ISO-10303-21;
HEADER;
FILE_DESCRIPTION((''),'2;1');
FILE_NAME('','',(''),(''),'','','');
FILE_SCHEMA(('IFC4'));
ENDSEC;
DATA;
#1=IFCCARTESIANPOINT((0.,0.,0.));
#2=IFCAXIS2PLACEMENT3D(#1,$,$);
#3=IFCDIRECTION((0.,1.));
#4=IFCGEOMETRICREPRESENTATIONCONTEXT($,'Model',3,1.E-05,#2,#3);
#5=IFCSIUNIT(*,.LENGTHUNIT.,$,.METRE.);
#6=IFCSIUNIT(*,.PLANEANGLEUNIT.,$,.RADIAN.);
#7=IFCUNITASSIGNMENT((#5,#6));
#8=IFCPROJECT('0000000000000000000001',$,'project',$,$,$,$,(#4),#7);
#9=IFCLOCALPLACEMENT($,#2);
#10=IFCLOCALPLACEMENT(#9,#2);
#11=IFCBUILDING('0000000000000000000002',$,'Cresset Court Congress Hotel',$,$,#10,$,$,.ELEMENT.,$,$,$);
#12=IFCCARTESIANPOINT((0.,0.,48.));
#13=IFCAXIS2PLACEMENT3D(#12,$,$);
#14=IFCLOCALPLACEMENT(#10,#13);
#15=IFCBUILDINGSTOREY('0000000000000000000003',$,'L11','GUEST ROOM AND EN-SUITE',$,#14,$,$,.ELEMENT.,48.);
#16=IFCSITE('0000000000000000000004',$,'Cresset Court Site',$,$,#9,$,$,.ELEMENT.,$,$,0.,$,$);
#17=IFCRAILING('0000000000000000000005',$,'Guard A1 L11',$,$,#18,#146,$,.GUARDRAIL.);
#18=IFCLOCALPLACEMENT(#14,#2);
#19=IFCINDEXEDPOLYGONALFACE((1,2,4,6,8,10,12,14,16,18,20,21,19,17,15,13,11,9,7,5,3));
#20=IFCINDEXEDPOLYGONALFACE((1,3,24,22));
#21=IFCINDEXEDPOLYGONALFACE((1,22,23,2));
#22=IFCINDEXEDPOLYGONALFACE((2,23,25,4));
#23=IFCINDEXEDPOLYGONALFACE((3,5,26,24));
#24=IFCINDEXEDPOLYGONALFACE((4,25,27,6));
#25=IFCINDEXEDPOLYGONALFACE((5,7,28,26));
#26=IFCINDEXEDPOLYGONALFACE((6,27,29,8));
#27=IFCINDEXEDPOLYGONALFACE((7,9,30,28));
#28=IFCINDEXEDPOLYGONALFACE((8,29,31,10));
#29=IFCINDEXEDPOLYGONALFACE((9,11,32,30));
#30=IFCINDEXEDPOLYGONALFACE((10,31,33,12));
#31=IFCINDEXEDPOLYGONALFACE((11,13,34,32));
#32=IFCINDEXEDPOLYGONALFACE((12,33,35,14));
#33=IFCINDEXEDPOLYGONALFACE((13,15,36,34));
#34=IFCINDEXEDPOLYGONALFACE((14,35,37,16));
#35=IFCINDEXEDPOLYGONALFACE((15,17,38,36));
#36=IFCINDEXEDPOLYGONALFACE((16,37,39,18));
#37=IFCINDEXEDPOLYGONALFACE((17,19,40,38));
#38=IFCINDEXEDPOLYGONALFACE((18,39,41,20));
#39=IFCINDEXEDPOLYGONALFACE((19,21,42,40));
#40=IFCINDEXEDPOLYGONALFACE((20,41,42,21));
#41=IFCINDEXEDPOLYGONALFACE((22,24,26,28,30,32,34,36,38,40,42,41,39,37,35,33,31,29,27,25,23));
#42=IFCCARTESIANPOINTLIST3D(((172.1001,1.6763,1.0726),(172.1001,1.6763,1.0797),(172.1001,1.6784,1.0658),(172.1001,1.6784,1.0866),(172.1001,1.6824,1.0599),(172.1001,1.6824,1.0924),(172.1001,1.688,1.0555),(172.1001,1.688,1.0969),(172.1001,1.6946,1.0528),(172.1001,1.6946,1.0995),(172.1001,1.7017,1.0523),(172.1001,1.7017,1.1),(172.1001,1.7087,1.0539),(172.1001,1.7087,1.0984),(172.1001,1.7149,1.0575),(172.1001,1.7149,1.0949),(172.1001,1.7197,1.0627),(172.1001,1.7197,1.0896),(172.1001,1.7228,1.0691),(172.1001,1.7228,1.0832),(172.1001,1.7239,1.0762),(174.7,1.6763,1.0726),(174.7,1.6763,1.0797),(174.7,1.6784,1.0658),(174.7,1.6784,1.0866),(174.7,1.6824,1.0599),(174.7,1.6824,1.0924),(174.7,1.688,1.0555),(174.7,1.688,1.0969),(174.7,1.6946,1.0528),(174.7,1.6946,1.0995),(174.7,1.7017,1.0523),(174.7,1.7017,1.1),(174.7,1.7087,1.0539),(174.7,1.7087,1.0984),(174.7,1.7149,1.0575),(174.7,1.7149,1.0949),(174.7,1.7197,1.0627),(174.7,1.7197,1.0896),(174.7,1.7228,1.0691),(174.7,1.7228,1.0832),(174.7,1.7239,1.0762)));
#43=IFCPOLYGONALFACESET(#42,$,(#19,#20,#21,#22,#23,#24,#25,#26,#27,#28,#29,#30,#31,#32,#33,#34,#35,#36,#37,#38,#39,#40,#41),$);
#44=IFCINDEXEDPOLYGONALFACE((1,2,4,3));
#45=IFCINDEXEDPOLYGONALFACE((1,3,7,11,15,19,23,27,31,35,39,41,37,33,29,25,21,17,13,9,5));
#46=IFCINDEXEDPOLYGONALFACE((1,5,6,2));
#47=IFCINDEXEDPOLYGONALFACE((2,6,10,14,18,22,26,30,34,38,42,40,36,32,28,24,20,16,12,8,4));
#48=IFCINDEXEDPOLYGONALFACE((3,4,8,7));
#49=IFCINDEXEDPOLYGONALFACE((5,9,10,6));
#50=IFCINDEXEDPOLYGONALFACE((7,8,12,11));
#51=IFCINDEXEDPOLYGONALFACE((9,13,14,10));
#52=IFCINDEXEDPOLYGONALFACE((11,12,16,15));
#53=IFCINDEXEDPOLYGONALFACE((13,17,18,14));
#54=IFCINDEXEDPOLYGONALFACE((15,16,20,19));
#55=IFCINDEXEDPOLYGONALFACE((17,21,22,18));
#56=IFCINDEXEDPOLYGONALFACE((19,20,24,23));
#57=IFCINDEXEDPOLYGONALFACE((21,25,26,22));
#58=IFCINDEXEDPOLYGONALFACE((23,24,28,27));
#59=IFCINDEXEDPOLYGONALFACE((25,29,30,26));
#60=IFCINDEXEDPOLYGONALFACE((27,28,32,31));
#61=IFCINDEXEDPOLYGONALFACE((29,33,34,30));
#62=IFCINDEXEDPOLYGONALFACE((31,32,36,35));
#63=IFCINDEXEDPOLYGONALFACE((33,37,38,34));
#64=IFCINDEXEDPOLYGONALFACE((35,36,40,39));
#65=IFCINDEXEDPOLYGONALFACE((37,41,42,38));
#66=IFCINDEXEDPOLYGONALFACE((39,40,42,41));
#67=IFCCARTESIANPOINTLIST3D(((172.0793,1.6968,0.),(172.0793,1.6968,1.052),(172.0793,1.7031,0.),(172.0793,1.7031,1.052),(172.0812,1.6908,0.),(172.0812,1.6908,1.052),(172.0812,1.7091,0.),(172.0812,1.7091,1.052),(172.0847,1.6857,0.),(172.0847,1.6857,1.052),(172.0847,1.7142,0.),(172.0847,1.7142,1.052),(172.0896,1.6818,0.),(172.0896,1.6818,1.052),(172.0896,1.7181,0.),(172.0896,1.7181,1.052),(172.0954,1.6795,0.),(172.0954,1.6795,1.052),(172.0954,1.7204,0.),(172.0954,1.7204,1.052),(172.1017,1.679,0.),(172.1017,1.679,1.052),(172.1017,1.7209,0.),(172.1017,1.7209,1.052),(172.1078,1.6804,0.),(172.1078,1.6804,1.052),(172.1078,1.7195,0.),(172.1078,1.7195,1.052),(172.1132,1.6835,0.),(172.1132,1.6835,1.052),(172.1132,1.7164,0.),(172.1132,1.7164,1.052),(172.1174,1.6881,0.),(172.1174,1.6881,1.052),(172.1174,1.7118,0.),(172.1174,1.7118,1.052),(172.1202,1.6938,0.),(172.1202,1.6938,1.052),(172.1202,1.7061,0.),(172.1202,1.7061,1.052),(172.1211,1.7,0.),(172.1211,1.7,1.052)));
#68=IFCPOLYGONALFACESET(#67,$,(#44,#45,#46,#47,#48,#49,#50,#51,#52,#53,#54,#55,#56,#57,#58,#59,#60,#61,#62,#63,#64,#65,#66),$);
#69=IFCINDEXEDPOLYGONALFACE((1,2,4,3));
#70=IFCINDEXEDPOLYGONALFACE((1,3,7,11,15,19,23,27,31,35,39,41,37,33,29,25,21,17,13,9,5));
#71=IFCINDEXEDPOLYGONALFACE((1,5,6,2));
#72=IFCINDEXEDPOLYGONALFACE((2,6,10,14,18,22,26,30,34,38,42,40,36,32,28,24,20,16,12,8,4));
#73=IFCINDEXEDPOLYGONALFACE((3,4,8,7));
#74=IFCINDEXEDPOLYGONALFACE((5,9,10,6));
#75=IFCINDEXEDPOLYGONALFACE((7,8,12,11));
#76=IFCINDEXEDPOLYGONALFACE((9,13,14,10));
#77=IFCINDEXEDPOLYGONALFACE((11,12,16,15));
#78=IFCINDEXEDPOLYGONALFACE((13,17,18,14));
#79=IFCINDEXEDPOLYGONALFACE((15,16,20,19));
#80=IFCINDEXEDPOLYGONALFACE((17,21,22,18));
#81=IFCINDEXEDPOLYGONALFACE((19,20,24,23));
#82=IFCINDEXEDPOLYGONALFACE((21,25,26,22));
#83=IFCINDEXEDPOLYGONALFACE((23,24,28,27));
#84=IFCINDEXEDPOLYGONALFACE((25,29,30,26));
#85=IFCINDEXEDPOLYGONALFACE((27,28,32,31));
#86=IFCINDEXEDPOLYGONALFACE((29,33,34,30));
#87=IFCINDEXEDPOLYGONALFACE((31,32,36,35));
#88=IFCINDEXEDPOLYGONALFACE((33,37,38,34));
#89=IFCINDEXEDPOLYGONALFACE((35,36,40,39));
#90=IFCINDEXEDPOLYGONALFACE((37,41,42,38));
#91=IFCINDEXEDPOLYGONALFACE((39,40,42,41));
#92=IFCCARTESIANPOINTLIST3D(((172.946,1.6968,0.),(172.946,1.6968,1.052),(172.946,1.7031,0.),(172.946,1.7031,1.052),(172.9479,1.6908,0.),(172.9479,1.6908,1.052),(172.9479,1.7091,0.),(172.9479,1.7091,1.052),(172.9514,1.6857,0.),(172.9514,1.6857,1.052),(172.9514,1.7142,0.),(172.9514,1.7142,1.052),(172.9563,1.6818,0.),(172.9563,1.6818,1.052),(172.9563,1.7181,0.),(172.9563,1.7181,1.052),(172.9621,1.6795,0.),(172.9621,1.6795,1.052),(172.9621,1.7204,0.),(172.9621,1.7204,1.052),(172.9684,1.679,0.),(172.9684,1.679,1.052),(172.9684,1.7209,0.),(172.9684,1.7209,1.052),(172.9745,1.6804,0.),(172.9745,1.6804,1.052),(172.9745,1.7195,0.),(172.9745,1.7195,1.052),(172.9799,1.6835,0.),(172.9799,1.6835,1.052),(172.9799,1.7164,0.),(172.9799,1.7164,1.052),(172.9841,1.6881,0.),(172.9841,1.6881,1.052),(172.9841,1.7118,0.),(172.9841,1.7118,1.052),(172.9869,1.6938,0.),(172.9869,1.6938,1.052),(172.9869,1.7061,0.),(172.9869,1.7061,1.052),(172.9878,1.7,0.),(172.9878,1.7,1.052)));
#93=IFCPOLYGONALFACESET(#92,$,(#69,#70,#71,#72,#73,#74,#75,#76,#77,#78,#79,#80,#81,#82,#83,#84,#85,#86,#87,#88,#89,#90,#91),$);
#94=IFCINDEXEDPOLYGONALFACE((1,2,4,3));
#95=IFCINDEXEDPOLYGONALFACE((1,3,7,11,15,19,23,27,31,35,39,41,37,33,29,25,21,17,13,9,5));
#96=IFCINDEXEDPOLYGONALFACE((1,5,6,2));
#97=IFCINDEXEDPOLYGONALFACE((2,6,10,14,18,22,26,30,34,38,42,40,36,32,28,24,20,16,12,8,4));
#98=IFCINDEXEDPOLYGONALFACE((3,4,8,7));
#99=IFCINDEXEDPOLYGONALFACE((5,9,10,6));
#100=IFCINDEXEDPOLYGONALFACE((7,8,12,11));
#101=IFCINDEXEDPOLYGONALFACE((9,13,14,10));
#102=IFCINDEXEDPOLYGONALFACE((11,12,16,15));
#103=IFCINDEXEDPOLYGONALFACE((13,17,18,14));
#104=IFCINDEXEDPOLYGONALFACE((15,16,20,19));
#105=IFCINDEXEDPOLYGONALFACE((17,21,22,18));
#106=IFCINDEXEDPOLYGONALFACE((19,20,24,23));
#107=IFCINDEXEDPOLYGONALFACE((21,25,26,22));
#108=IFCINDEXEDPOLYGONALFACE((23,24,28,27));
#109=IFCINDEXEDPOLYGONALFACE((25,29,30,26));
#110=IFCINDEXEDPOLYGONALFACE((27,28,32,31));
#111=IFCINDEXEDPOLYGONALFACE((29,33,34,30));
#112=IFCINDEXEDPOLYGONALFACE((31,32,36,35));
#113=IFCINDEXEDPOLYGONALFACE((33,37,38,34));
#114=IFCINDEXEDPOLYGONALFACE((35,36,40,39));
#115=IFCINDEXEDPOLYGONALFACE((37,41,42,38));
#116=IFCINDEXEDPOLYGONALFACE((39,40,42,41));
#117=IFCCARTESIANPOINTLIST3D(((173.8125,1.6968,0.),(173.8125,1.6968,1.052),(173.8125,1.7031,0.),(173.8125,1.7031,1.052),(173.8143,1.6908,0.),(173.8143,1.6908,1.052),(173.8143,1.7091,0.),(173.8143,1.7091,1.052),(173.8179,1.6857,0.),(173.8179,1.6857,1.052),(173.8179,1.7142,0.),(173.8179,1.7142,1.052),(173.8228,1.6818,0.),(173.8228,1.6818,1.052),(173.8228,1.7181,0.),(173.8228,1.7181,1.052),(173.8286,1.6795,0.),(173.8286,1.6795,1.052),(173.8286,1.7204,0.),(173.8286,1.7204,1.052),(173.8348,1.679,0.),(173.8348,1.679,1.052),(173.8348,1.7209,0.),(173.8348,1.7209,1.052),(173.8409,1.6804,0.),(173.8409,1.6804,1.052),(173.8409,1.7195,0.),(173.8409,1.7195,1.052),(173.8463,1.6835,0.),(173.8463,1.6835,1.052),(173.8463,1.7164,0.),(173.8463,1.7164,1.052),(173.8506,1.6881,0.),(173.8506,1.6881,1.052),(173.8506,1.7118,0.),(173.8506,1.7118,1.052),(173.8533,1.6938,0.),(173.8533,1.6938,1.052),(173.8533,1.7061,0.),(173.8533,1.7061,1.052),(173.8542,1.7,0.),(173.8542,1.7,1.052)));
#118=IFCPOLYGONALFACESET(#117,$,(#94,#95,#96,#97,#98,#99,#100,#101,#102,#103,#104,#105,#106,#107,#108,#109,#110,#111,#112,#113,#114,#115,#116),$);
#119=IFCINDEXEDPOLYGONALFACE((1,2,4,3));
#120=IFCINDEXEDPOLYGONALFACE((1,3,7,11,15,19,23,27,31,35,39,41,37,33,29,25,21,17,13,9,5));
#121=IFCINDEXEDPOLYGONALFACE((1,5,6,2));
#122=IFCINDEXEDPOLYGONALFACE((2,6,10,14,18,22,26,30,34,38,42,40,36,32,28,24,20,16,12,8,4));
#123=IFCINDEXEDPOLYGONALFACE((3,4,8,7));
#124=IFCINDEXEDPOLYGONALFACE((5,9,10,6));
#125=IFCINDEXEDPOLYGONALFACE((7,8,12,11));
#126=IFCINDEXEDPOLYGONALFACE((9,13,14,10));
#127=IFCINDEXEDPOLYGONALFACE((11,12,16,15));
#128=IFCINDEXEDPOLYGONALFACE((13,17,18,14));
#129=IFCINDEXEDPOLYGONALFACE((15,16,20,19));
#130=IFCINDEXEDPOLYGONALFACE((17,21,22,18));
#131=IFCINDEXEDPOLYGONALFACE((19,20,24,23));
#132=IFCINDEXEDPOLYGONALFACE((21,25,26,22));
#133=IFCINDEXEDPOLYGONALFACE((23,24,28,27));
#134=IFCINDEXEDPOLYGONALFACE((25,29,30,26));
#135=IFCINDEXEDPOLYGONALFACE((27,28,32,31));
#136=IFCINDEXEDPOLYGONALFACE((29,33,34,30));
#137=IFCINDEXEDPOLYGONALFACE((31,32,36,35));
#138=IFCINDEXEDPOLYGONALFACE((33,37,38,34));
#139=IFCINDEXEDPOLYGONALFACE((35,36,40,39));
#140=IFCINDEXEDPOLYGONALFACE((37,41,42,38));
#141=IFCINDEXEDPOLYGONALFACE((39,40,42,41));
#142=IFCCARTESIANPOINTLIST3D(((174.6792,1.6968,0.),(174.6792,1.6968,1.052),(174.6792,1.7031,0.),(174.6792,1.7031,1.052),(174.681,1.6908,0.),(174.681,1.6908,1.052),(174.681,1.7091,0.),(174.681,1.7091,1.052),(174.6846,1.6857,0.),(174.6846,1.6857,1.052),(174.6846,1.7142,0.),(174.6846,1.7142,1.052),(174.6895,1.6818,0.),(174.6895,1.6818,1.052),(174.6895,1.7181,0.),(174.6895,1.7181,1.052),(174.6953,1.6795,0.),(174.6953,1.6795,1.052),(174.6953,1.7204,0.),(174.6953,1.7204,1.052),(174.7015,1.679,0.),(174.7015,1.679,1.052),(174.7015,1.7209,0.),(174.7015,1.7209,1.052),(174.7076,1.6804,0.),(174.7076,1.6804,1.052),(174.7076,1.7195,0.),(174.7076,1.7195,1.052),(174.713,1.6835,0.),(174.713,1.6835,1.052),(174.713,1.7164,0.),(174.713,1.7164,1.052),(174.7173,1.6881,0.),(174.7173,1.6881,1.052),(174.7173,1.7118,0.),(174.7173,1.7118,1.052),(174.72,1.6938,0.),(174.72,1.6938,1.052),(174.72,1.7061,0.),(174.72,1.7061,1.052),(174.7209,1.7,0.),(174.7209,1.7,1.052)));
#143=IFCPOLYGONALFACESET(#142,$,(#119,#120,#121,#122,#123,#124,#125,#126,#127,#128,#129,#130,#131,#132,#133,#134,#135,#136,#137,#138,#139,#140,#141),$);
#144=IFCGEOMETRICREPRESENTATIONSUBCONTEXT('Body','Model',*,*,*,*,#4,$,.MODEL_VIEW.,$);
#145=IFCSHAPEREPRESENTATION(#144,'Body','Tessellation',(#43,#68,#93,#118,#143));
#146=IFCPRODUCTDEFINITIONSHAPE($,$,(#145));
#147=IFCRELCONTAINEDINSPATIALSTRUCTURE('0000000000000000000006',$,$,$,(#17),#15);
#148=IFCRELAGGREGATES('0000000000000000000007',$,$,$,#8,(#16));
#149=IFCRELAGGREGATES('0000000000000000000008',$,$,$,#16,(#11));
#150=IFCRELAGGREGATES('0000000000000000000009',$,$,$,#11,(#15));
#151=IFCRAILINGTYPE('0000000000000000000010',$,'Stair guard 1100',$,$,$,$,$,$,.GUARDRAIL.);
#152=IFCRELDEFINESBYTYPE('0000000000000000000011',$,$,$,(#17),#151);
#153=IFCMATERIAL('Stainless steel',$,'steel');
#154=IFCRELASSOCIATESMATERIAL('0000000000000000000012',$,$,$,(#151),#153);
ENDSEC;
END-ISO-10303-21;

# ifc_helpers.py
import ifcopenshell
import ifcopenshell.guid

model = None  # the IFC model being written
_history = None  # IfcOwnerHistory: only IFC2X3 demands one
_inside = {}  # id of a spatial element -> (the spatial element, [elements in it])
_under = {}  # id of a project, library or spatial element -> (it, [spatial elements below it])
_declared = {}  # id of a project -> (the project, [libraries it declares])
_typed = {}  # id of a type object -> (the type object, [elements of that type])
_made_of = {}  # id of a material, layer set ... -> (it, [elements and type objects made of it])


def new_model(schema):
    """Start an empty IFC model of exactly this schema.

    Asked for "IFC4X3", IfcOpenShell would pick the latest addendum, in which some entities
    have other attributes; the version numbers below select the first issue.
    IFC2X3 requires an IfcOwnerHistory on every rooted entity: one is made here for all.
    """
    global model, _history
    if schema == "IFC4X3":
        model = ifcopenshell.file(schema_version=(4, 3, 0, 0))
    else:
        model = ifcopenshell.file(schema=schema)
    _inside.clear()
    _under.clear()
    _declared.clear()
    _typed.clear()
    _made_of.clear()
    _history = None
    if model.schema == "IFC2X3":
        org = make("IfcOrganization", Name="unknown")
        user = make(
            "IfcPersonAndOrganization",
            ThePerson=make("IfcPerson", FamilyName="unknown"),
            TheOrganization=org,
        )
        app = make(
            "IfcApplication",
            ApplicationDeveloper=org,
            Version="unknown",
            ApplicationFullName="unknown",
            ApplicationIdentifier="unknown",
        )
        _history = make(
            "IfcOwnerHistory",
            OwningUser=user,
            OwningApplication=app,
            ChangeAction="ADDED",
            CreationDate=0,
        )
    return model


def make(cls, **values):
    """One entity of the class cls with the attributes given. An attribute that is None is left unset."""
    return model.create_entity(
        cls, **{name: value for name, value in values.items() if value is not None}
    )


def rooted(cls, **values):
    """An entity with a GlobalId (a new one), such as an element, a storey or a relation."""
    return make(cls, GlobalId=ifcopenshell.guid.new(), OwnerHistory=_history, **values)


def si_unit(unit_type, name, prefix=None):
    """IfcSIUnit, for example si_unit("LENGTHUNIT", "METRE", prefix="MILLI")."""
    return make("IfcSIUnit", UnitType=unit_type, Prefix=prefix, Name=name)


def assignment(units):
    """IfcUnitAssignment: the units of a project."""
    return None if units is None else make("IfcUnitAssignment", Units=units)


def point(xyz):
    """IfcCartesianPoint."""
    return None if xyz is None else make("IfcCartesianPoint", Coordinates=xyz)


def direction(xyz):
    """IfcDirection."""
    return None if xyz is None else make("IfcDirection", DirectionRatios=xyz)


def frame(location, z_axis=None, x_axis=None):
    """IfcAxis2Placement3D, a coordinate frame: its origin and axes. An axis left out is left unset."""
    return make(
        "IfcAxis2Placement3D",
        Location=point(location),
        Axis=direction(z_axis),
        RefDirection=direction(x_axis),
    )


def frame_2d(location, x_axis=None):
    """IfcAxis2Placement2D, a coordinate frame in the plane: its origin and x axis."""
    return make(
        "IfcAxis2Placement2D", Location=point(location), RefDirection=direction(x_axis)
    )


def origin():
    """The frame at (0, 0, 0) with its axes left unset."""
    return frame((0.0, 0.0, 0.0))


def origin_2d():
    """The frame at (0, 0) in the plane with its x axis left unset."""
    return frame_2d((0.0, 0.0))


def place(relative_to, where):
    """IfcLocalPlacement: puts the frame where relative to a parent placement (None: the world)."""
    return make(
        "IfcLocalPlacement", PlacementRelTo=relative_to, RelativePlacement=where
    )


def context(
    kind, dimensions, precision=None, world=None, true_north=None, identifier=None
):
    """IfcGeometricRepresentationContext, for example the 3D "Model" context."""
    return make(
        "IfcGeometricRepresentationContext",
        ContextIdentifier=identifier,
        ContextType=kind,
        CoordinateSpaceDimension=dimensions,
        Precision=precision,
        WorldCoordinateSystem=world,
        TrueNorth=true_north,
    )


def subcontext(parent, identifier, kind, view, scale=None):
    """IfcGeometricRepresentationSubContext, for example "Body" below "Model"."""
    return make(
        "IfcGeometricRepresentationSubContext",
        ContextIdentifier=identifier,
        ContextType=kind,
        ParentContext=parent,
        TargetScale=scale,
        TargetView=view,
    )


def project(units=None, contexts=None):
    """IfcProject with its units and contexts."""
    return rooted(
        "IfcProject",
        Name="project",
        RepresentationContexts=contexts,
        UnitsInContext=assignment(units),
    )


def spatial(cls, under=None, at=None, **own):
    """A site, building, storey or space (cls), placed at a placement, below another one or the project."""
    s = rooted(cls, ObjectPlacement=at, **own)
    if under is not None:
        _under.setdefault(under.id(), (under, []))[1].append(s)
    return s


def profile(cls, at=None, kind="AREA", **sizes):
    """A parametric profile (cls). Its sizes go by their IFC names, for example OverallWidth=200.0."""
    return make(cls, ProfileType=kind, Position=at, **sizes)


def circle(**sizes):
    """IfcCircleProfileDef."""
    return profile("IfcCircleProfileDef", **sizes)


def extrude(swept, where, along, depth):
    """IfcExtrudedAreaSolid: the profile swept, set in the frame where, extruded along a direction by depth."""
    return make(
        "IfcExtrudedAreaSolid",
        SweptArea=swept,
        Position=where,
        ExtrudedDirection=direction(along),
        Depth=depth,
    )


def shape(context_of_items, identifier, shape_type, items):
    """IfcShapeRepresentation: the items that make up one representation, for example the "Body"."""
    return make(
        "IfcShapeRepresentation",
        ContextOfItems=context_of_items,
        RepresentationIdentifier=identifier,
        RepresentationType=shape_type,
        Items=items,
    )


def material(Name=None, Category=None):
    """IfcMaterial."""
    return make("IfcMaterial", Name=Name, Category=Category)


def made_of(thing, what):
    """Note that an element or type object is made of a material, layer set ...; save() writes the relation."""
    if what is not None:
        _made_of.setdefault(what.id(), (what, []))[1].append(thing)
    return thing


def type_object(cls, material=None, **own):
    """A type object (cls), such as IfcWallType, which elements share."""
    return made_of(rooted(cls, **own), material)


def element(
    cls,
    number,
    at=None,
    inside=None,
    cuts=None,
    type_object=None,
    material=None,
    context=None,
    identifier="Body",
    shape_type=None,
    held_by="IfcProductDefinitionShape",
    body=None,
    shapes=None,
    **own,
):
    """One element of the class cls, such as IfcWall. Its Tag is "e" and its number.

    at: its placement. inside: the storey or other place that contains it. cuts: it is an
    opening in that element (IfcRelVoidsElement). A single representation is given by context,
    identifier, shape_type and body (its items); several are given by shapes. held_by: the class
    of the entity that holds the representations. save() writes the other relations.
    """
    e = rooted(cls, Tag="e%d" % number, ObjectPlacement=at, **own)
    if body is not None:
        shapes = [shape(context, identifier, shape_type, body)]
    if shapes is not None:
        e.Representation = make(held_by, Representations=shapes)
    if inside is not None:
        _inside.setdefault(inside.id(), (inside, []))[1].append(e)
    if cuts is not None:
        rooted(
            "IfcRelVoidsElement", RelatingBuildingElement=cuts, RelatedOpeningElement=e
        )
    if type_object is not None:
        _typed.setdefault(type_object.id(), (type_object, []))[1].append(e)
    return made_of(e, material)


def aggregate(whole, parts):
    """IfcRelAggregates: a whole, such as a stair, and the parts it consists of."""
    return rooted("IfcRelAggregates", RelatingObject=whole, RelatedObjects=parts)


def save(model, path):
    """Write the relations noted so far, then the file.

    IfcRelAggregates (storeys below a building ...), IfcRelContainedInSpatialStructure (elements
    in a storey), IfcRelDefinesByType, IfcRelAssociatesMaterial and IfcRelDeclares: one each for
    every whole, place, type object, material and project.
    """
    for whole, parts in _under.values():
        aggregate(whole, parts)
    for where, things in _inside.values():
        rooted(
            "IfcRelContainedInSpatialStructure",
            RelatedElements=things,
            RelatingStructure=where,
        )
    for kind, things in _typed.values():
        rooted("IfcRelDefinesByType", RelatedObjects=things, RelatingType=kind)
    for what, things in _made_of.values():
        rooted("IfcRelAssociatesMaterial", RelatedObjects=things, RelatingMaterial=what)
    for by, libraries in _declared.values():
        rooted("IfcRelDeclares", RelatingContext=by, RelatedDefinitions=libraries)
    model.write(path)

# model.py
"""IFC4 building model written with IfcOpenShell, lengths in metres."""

from ifc_helpers import new_model, si_unit, direction, frame, origin, origin_2d, place, context, subcontext, project, spatial, circle, extrude, material, type_object, element, save


model = new_model("IFC4")

# Units and contexts
model_context = context("Model", 3, precision=1e-05, world=origin(), true_north=direction((0.0, 1.0)))
body_context = subcontext(model_context, "Body", "Model", "MODEL_VIEW")
ifc_project = project(units=[si_unit("LENGTHUNIT", "METRE"), si_unit("PLANEANGLEUNIT", "RADIAN")], contexts=[model_context])

# Site, building, storey
site_placement = place(None, origin())
site = spatial("IfcSite", under=ifc_project, at=site_placement, Name="Cresset Court Site", CompositionType="ELEMENT", RefElevation=0.0)
building_placement = place(site_placement, origin())
building = spatial("IfcBuilding", under=site, at=building_placement, Name="Cresset Court Congress Hotel", CompositionType="ELEMENT")
storey_placement = place(building_placement, frame((0.0, 0.0, 48.0)))
storey = spatial("IfcBuildingStorey", under=building, at=storey_placement, Name="L11", Description="GUEST ROOM AND EN-SUITE", CompositionType="ELEMENT", Elevation=48.0)

# Railing
ifc_material_1 = material(Name="Stainless steel", Category="steel")
railing_type_1 = type_object("IfcRailingType", Name="Stair guard 1100", PredefinedType="GUARDRAIL", material=ifc_material_1)
railing_1_placement = place(storey_placement, frame((172.1001, 1.7, 0.0)))
element("IfcRailing", 1, at=railing_1_placement, inside=storey, type_object=railing_type_1, Name="Guard A1 L11", PredefinedType="GUARDRAIL", context=body_context, shape_type="SweptSolid", body=[
    extrude(circle(Radius=0.0239, at=origin_2d()), frame((0.0, 0.0, 1.0762), z_axis=(1.0, 0.0, 0.0), x_axis=(0.0, 1.0, 0.0)), (0.0, 0.0, 1.0), 2.5999),
    extrude(circle(Radius=0.021, at=origin_2d()), origin(), (0.0, 0.0, 1.0), 1.052),
    extrude(circle(Radius=0.021, at=origin_2d()), frame((0.8667, 0.0, 0.0)), (0.0, 0.0, 1.0), 1.052),
    extrude(circle(Radius=0.021, at=origin_2d()), frame((1.7332, 0.0, 0.0)), (0.0, 0.0, 1.0), 1.052),
    extrude(circle(Radius=0.021, at=origin_2d()), frame((2.5999, 0.0, 0.0)), (0.0, 0.0, 1.0), 1.052),
])

save(model, "model.ifc")
